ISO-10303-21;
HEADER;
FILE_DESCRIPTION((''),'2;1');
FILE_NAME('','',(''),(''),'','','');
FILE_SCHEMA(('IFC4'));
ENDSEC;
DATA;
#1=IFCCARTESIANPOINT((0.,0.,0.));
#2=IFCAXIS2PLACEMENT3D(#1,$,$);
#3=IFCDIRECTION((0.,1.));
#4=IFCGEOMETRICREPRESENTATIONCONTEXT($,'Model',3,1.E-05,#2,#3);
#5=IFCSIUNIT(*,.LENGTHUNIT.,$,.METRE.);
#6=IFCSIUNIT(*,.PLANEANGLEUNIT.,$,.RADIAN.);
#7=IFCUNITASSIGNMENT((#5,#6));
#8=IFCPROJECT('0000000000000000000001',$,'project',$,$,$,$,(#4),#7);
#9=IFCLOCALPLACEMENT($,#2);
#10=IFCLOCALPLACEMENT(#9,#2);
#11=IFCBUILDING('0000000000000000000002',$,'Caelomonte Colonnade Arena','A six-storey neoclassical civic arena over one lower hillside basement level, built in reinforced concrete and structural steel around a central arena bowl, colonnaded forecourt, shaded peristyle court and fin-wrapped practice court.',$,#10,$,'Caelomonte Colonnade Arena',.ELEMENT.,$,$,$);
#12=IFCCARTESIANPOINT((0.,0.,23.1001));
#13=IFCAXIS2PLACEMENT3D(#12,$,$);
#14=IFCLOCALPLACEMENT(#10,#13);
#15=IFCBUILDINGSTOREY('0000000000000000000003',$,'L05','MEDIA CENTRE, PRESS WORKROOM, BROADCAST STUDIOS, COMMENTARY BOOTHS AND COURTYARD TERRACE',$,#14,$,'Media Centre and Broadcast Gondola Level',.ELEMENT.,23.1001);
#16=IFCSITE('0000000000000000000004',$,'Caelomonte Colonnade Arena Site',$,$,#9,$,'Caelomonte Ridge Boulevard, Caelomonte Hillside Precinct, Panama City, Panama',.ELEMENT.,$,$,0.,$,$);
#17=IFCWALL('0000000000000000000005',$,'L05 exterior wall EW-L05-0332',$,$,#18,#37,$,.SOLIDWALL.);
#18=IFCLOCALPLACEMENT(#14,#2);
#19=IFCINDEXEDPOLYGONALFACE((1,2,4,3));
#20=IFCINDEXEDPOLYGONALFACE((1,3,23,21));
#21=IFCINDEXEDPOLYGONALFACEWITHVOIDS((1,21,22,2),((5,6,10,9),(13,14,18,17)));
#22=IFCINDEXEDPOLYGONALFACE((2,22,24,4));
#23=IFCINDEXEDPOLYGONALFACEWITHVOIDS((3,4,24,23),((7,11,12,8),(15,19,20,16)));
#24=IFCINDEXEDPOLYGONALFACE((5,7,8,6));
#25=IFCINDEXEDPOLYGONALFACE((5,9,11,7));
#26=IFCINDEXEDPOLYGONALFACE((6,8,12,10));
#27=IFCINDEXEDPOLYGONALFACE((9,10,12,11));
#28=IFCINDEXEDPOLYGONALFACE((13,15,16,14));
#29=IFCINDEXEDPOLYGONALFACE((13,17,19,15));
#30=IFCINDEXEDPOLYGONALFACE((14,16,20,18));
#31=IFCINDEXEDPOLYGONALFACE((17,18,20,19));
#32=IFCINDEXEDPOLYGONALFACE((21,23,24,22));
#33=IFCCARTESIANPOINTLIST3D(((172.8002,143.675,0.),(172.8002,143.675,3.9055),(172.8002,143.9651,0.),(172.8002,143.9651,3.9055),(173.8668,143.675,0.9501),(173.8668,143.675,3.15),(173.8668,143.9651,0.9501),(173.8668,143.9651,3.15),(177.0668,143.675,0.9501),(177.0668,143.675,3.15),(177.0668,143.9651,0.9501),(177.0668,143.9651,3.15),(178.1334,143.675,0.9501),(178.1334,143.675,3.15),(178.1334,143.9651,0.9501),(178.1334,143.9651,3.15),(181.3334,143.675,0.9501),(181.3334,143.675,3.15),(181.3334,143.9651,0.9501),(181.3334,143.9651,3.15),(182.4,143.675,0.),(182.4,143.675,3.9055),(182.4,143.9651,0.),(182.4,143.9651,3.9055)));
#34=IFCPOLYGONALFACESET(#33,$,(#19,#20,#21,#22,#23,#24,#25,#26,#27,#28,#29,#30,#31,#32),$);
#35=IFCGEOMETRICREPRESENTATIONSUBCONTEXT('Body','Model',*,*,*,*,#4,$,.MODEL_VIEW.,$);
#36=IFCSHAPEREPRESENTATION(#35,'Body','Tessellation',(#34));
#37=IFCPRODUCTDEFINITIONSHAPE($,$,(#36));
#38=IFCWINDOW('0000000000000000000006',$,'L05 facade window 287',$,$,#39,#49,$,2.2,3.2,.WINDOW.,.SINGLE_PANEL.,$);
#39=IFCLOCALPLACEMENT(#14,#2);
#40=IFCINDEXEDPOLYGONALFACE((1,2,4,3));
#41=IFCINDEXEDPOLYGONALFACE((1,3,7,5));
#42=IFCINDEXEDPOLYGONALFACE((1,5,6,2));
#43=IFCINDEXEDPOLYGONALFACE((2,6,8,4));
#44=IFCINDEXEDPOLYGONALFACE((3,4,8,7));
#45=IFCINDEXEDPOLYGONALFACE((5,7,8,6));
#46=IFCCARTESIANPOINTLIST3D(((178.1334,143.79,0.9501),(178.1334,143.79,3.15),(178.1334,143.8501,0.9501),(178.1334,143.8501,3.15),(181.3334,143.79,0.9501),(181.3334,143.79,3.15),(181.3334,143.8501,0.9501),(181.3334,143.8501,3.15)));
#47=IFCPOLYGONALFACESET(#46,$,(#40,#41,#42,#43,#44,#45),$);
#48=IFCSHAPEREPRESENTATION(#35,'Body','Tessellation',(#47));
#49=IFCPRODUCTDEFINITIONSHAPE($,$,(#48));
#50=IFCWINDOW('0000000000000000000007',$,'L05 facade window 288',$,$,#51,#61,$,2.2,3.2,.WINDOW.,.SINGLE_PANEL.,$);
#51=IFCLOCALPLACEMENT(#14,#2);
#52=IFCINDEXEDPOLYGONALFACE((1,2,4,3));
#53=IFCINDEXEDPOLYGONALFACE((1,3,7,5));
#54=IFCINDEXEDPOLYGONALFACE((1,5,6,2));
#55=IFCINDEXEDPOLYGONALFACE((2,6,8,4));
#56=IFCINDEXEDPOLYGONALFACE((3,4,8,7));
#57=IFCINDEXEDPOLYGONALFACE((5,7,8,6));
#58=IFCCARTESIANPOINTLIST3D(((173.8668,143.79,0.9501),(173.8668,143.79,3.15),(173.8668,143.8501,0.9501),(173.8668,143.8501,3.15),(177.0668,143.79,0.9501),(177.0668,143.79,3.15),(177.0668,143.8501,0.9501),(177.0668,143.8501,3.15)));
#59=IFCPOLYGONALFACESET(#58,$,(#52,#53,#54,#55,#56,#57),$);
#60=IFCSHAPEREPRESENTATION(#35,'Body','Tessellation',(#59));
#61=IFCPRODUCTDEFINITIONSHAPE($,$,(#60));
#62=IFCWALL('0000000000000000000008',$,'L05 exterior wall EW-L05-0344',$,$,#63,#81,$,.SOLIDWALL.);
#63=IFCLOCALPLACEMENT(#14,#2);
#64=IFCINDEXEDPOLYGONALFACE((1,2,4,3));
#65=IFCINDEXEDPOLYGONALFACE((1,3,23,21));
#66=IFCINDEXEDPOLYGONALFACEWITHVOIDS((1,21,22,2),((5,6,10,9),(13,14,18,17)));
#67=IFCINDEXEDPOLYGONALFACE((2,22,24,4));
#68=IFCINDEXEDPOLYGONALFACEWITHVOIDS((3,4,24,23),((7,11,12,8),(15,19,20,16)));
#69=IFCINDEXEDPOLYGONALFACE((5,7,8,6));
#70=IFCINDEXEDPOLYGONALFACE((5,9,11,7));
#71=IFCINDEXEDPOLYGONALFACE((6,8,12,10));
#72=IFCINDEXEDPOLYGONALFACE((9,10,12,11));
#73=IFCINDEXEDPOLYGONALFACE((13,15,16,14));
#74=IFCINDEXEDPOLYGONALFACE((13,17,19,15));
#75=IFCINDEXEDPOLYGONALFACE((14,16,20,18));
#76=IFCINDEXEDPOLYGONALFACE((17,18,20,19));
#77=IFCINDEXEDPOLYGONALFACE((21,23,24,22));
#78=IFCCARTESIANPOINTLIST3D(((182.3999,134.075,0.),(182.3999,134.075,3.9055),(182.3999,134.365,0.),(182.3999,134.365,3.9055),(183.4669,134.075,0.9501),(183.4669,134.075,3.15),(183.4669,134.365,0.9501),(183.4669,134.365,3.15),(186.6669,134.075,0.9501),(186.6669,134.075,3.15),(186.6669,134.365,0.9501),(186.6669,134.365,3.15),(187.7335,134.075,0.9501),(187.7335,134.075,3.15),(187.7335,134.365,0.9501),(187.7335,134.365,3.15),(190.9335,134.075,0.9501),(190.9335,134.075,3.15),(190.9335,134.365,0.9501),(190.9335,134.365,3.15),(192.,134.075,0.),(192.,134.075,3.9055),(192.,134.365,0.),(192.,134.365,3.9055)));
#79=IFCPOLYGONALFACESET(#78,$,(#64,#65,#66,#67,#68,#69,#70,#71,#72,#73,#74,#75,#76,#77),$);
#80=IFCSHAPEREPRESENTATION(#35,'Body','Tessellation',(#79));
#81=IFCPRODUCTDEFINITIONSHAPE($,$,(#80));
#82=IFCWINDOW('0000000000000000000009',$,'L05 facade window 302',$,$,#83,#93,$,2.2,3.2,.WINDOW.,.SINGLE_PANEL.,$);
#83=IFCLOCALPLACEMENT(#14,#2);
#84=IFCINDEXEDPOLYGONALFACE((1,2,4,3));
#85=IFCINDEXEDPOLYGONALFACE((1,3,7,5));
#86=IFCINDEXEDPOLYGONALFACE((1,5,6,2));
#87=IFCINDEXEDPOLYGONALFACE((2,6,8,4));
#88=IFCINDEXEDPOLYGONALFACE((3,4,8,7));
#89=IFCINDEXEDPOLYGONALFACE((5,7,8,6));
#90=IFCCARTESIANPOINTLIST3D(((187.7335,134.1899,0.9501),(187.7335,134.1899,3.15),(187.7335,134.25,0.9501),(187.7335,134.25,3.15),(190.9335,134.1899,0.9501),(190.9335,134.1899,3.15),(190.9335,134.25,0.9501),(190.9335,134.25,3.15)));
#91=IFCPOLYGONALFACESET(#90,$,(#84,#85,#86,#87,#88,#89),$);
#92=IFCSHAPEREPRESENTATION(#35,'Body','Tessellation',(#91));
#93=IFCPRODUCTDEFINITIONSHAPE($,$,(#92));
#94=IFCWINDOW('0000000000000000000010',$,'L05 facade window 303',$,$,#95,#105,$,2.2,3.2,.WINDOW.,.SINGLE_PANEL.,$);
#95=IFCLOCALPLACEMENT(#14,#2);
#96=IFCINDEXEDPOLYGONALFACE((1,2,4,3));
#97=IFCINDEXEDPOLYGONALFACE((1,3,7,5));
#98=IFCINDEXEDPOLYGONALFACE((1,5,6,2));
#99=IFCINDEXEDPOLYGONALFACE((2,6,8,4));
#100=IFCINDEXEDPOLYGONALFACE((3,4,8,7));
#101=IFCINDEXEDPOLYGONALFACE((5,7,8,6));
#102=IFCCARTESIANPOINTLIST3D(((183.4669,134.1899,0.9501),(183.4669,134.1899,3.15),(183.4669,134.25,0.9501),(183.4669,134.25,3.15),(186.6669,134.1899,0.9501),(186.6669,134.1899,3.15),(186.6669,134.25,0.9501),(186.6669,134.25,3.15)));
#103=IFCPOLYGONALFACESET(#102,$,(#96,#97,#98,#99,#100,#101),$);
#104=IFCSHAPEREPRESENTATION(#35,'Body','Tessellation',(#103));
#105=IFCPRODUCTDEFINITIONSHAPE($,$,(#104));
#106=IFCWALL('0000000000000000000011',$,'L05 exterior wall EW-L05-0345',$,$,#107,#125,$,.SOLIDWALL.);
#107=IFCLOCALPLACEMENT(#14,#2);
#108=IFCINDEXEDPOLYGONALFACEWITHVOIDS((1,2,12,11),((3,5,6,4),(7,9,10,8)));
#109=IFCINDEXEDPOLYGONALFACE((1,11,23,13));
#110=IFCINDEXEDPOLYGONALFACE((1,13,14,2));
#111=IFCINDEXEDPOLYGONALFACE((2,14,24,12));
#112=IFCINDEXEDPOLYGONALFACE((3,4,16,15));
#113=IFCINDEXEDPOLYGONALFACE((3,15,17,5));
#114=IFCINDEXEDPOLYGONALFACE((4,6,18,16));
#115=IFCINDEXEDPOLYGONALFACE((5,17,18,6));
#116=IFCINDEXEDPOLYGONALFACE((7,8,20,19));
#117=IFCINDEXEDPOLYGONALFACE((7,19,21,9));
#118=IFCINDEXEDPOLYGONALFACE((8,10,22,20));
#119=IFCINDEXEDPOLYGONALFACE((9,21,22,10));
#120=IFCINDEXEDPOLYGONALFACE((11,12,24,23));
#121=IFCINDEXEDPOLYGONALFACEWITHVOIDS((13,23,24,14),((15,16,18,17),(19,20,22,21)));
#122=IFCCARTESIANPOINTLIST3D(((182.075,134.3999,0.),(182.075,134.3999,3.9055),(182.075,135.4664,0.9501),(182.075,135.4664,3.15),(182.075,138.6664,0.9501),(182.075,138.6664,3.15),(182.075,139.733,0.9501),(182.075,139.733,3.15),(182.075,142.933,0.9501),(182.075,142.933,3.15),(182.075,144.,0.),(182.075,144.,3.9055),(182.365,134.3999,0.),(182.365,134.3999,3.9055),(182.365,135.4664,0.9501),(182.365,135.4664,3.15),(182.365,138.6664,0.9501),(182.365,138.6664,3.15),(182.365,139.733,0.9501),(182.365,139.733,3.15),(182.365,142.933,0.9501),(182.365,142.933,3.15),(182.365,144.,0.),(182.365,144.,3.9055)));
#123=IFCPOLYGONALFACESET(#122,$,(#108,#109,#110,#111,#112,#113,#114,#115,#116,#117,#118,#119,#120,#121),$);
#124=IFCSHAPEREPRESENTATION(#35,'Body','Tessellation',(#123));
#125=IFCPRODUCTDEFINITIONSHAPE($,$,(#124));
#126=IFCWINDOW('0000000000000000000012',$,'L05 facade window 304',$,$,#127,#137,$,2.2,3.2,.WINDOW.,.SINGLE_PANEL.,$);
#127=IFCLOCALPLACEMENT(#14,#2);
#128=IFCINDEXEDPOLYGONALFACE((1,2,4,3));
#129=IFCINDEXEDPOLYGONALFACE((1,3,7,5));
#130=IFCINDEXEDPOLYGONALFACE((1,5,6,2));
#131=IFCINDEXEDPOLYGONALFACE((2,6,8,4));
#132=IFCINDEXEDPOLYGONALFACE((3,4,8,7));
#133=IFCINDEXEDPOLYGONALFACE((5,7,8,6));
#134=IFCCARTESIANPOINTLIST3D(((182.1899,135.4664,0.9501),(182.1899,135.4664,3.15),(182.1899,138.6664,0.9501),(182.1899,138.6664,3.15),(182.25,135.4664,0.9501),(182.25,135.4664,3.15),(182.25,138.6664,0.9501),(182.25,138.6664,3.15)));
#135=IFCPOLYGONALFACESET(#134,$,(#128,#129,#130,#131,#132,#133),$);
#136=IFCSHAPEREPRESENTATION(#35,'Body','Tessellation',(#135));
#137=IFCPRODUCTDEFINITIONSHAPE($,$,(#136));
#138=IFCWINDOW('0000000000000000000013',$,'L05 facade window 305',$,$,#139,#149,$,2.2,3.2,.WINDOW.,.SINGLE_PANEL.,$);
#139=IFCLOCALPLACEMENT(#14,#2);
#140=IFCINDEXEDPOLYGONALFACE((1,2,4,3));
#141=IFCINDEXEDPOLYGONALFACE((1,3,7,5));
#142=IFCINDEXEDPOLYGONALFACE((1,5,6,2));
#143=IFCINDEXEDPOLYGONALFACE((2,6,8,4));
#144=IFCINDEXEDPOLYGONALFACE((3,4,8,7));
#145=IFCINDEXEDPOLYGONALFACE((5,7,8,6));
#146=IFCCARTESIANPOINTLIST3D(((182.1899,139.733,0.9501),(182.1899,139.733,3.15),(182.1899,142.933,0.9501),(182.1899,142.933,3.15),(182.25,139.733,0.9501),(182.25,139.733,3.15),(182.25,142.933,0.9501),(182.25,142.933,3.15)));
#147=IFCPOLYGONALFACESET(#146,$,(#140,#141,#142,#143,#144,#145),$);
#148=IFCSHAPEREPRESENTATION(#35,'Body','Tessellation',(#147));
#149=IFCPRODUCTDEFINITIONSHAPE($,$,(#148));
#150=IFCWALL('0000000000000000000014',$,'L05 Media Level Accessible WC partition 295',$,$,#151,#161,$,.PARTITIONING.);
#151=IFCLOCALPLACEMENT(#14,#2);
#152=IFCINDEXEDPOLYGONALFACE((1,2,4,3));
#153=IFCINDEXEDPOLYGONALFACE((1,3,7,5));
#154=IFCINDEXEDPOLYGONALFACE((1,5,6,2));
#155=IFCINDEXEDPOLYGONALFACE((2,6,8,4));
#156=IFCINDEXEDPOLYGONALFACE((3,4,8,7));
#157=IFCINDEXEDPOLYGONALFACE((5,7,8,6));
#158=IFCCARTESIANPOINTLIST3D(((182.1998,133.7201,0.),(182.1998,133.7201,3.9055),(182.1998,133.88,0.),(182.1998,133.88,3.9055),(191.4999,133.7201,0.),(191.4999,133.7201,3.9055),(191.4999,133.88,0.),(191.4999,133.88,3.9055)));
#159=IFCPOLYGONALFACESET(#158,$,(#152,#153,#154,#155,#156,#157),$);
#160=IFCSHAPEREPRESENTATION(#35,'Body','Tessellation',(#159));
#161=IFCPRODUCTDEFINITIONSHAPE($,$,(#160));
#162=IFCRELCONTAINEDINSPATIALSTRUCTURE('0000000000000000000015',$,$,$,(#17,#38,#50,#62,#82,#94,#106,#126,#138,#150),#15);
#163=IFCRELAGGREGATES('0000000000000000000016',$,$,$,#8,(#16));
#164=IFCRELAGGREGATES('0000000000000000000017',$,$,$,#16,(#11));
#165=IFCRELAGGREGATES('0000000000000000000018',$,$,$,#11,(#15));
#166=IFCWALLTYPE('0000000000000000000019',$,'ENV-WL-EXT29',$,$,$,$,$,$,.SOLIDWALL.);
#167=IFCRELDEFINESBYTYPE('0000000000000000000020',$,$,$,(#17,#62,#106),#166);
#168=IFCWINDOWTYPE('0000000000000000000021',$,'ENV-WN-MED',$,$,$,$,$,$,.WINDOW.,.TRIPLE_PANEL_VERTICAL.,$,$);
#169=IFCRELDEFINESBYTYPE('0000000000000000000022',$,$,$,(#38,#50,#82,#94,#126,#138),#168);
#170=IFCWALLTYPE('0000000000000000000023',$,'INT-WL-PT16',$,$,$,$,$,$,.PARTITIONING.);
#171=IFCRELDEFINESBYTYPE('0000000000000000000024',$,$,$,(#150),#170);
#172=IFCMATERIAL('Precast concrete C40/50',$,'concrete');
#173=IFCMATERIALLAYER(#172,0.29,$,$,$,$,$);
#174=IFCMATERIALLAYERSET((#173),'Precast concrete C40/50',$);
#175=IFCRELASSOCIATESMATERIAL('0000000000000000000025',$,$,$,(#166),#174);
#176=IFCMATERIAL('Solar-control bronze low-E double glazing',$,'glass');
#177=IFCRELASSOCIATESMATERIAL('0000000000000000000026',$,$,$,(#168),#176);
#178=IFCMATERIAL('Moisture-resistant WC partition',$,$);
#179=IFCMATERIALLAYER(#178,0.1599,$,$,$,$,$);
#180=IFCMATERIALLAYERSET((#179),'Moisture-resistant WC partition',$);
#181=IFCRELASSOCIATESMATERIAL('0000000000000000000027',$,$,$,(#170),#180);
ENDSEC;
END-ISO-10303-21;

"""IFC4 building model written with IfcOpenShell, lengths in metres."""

from ifc_helpers import new_model, si_unit, direction, frame, frame_2d, origin, place, context, subcontext, project, spatial, rectangle, extrude, material, layer, layer_set, type_object, element, fill, save


model = new_model("IFC4")

# Units and contexts
model_context = context("Model", 3, precision=1e-05, world=origin(), true_north=direction((0.0, 1.0)))
body_context = subcontext(model_context, "Body", "Model", "MODEL_VIEW")
ifc_project = project(units=[si_unit("LENGTHUNIT", "METRE"), si_unit("PLANEANGLEUNIT", "RADIAN")], contexts=[model_context])

# Site, building, storey
site_placement = place(None, origin())
site = spatial("IfcSite", under=ifc_project, at=site_placement, Name="Caelomonte Colonnade Arena Site", LongName="Caelomonte Ridge Boulevard, Caelomonte Hillside Precinct, Panama City, Panama", CompositionType="ELEMENT", RefElevation=0.0)
building_placement = place(site_placement, origin())
building = spatial("IfcBuilding", under=site, at=building_placement, Name="Caelomonte Colonnade Arena", Description="A six-storey neoclassical civic arena over one lower hillside basement level, built in reinforced concrete and structural steel around a central arena bowl, colonnaded forecourt, shaded peristyle court and fin-wrapped practice court.", LongName="Caelomonte Colonnade Arena", CompositionType="ELEMENT")
storey_placement = place(building_placement, frame((0.0, 0.0, 23.1001)))
storey = spatial("IfcBuildingStorey", under=building, at=storey_placement, Name="L05", Description="MEDIA CENTRE, PRESS WORKROOM, BROADCAST STUDIOS, COMMENTARY BOOTHS AND COURTYARD TERRACE", LongName="Media Centre and Broadcast Gondola Level", CompositionType="ELEMENT", Elevation=23.1001)

# Walls, openings, windows
ifc_material_1 = material(Name="Precast concrete C40/50", Category="concrete")
ifc_layer_1 = layer(ifc_material_1, 0.29)
ifc_layer_set_1 = layer_set([ifc_layer_1], Name="Precast concrete C40/50")
wall_type_1 = type_object("IfcWallType", Name="ENV-WL-EXT29", PredefinedType="SOLIDWALL", material=ifc_layer_set_1)
wall_1_placement = place(storey_placement, frame((182.3999, 143.8201, 0.0), z_axis=(0.0, 0.0, 1.0), x_axis=(-1.0, 0.0, 0.0)))
wall_1 = element("IfcWall", 1, at=wall_1_placement, inside=storey, type_object=wall_type_1, Name="L05 exterior wall EW-L05-0332", PredefinedType="SOLIDWALL", context=body_context, shape_type="SweptSolid", body=[
    extrude(rectangle(XDim=9.5999, YDim=0.29, at=frame_2d((4.7998, 0.0))), origin(), (0.0, 0.0, 1.0), 3.9055),
])
opening_1_placement = place(wall_1_placement, frame((4.2666, 0.0, 0.95), z_axis=(0.0, 0.0, 1.0), x_axis=(-1.0, 0.0, 0.0)))
opening_1 = element("IfcOpeningElement", 2, at=opening_1_placement, cuts=wall_1, PredefinedType="OPENING", context=body_context, shape_type="SweptSolid", body=[
    extrude(rectangle(XDim=3.2, YDim=2.2, at=frame_2d((1.6001, 1.1001))), frame((0.0, 0.155, 0.0), z_axis=(0.0, -1.0, 0.0), x_axis=(1.0, 0.0, 0.0)), (0.0, 0.0, 1.0), 0.3101),
])
opening_2_placement = place(wall_1_placement, frame((8.5332, 0.0, 0.95), z_axis=(0.0, 0.0, 1.0), x_axis=(-1.0, 0.0, 0.0)))
opening_2 = element("IfcOpeningElement", 3, at=opening_2_placement, cuts=wall_1, PredefinedType="OPENING", context=body_context, shape_type="SweptSolid", body=[
    extrude(rectangle(XDim=3.2, YDim=2.2, at=frame_2d((1.6001, 1.1001))), frame((0.0, 0.155, 0.0), z_axis=(0.0, -1.0, 0.0), x_axis=(1.0, 0.0, 0.0)), (0.0, 0.0, 1.0), 0.3101),
])
ifc_material_2 = material(Name="Solar-control bronze low-E double glazing", Category="glass")
window_type = type_object("IfcWindowType", Name="ENV-WN-MED", PartitioningType="TRIPLE_PANEL_VERTICAL", PredefinedType="WINDOW", material=ifc_material_2)
window_1_placement = place(opening_1_placement, origin())
window_1 = element("IfcWindow", 4, at=window_1_placement, inside=storey, type_object=window_type, Name="L05 facade window 287", OverallHeight=2.2, OverallWidth=3.2, PartitioningType="SINGLE_PANEL", PredefinedType="WINDOW", context=body_context, shape_type="SweptSolid", body=[
    extrude(rectangle(XDim=3.2, YDim=2.2, at=frame_2d((1.6001, 1.1001))), frame((0.0, 0.03, 0.0), z_axis=(0.0, -1.0, 0.0), x_axis=(1.0, 0.0, 0.0)), (0.0, 0.0, 1.0), 0.0601),
])
fill(opening_1, window_1)
window_2_placement = place(opening_2_placement, origin())
window_2 = element("IfcWindow", 5, at=window_2_placement, inside=storey, type_object=window_type, Name="L05 facade window 288", OverallHeight=2.2, OverallWidth=3.2, PartitioningType="SINGLE_PANEL", PredefinedType="WINDOW", context=body_context, shape_type="SweptSolid", body=[
    extrude(rectangle(XDim=3.2, YDim=2.2, at=frame_2d((1.6001, 1.1001))), frame((0.0, 0.03, 0.0), z_axis=(0.0, -1.0, 0.0), x_axis=(1.0, 0.0, 0.0)), (0.0, 0.0, 1.0), 0.0601),
])
fill(opening_2, window_2)
wall_2_placement = place(storey_placement, frame((192.0, 134.22, 0.0), z_axis=(0.0, 0.0, 1.0), x_axis=(-1.0, 0.0, 0.0)))
wall_2 = element("IfcWall", 6, at=wall_2_placement, inside=storey, type_object=wall_type_1, Name="L05 exterior wall EW-L05-0344", PredefinedType="SOLIDWALL", context=body_context, shape_type="SweptSolid", body=[
    extrude(rectangle(XDim=9.6001, YDim=0.29, at=frame_2d((4.8, 0.0))), origin(), (0.0, 0.0, 1.0), 3.9055),
])
opening_3_placement = place(wall_2_placement, frame((4.2666, 0.0, 0.95), z_axis=(0.0, 0.0, 1.0), x_axis=(-1.0, 0.0, 0.0)))
opening_3 = element("IfcOpeningElement", 7, at=opening_3_placement, cuts=wall_2, PredefinedType="OPENING", context=body_context, shape_type="SweptSolid", body=[
    extrude(rectangle(XDim=3.2, YDim=2.2, at=frame_2d((1.6001, 1.1001))), frame((0.0, 0.155, 0.0), z_axis=(0.0, -1.0, 0.0), x_axis=(1.0, 0.0, 0.0)), (0.0, 0.0, 1.0), 0.3101),
])
opening_4_placement = place(wall_2_placement, frame((8.5332, 0.0, 0.95), z_axis=(0.0, 0.0, 1.0), x_axis=(-1.0, 0.0, 0.0)))
opening_4 = element("IfcOpeningElement", 8, at=opening_4_placement, cuts=wall_2, PredefinedType="OPENING", context=body_context, shape_type="SweptSolid", body=[
    extrude(rectangle(XDim=3.2, YDim=2.2, at=frame_2d((1.6001, 1.1001))), frame((0.0, 0.155, 0.0), z_axis=(0.0, -1.0, 0.0), x_axis=(1.0, 0.0, 0.0)), (0.0, 0.0, 1.0), 0.3101),
])
window_3_placement = place(opening_3_placement, origin())
window_3 = element("IfcWindow", 9, at=window_3_placement, inside=storey, type_object=window_type, Name="L05 facade window 302", OverallHeight=2.2, OverallWidth=3.2, PartitioningType="SINGLE_PANEL", PredefinedType="WINDOW", context=body_context, shape_type="SweptSolid", body=[
    extrude(rectangle(XDim=3.2, YDim=2.2, at=frame_2d((1.6001, 1.1001))), frame((0.0, 0.03, 0.0), z_axis=(0.0, -1.0, 0.0), x_axis=(1.0, 0.0, 0.0)), (0.0, 0.0, 1.0), 0.0601),
])
fill(opening_3, window_3)
window_4_placement = place(opening_4_placement, origin())
window_4 = element("IfcWindow", 10, at=window_4_placement, inside=storey, type_object=window_type, Name="L05 facade window 303", OverallHeight=2.2, OverallWidth=3.2, PartitioningType="SINGLE_PANEL", PredefinedType="WINDOW", context=body_context, shape_type="SweptSolid", body=[
    extrude(rectangle(XDim=3.2, YDim=2.2, at=frame_2d((1.6001, 1.1001))), frame((0.0, 0.03, 0.0), z_axis=(0.0, -1.0, 0.0), x_axis=(1.0, 0.0, 0.0)), (0.0, 0.0, 1.0), 0.0601),
])
fill(opening_4, window_4)
wall_3_placement = place(storey_placement, frame((182.22, 134.3999, 0.0), z_axis=(0.0, 0.0, 1.0), x_axis=(0.0, 1.0, 0.0)))
wall_3 = element("IfcWall", 11, at=wall_3_placement, inside=storey, type_object=wall_type_1, Name="L05 exterior wall EW-L05-0345", PredefinedType="SOLIDWALL", context=body_context, shape_type="SweptSolid", body=[
    extrude(rectangle(XDim=9.6001, YDim=0.29, at=frame_2d((4.8, 0.0))), origin(), (0.0, 0.0, 1.0), 3.9055),
])
opening_5_placement = place(wall_3_placement, frame((4.2666, 0.0, 0.95), z_axis=(0.0, 0.0, 1.0), x_axis=(-1.0, 0.0, 0.0)))
opening_5 = element("IfcOpeningElement", 12, at=opening_5_placement, cuts=wall_3, PredefinedType="OPENING", context=body_context, shape_type="SweptSolid", body=[
    extrude(rectangle(XDim=3.2, YDim=2.2, at=frame_2d((1.6001, 1.1001))), frame((0.0, 0.155, 0.0), z_axis=(0.0, -1.0, 0.0), x_axis=(1.0, 0.0, 0.0)), (0.0, 0.0, 1.0), 0.3101),
])
opening_6_placement = place(wall_3_placement, frame((8.5332, 0.0, 0.95), z_axis=(0.0, 0.0, 1.0), x_axis=(-1.0, 0.0, 0.0)))
opening_6 = element("IfcOpeningElement", 13, at=opening_6_placement, cuts=wall_3, PredefinedType="OPENING", context=body_context, shape_type="SweptSolid", body=[
    extrude(rectangle(XDim=3.2, YDim=2.2, at=frame_2d((1.6001, 1.1001))), frame((0.0, 0.155, 0.0), z_axis=(0.0, -1.0, 0.0), x_axis=(1.0, 0.0, 0.0)), (0.0, 0.0, 1.0), 0.3101),
])
window_5_placement = place(opening_5_placement, origin())
window_5 = element("IfcWindow", 14, at=window_5_placement, inside=storey, type_object=window_type, Name="L05 facade window 304", OverallHeight=2.2, OverallWidth=3.2, PartitioningType="SINGLE_PANEL", PredefinedType="WINDOW", context=body_context, shape_type="SweptSolid", body=[
    extrude(rectangle(XDim=3.2, YDim=2.2, at=frame_2d((1.6001, 1.1001))), frame((0.0, 0.03, 0.0), z_axis=(0.0, -1.0, 0.0), x_axis=(1.0, 0.0, 0.0)), (0.0, 0.0, 1.0), 0.0601),
])
fill(opening_5, window_5)
window_6_placement = place(opening_6_placement, origin())
window_6 = element("IfcWindow", 15, at=window_6_placement, inside=storey, type_object=window_type, Name="L05 facade window 305", OverallHeight=2.2, OverallWidth=3.2, PartitioningType="SINGLE_PANEL", PredefinedType="WINDOW", context=body_context, shape_type="SweptSolid", body=[
    extrude(rectangle(XDim=3.2, YDim=2.2, at=frame_2d((1.6001, 1.1001))), frame((0.0, 0.03, 0.0), z_axis=(0.0, -1.0, 0.0), x_axis=(1.0, 0.0, 0.0)), (0.0, 0.0, 1.0), 0.0601),
])
fill(opening_6, window_6)

# Wall
ifc_material_3 = material(Name="Moisture-resistant WC partition")
ifc_layer_2 = layer(ifc_material_3, 0.1599)
ifc_layer_set_2 = layer_set([ifc_layer_2], Name="Moisture-resistant WC partition")
wall_type_2 = type_object("IfcWallType", Name="INT-WL-PT16", PredefinedType="PARTITIONING", material=ifc_layer_set_2)
wall_4_placement = place(storey_placement, frame((182.2, 133.8, 0.0), z_axis=(0.0, 0.0, 1.0), x_axis=(1.0, 0.0, 0.0)))
element("IfcWall", 16, at=wall_4_placement, inside=storey, type_object=wall_type_2, Name="L05 Media Level Accessible WC partition 295", PredefinedType="PARTITIONING", context=body_context, shape_type="SweptSolid", body=[
    extrude(rectangle(XDim=9.3, YDim=0.1599, at=frame_2d((4.6499, 0.0))), origin(), (0.0, 0.0, 1.0), 3.9055),
])

save(model, "model.ifc")
